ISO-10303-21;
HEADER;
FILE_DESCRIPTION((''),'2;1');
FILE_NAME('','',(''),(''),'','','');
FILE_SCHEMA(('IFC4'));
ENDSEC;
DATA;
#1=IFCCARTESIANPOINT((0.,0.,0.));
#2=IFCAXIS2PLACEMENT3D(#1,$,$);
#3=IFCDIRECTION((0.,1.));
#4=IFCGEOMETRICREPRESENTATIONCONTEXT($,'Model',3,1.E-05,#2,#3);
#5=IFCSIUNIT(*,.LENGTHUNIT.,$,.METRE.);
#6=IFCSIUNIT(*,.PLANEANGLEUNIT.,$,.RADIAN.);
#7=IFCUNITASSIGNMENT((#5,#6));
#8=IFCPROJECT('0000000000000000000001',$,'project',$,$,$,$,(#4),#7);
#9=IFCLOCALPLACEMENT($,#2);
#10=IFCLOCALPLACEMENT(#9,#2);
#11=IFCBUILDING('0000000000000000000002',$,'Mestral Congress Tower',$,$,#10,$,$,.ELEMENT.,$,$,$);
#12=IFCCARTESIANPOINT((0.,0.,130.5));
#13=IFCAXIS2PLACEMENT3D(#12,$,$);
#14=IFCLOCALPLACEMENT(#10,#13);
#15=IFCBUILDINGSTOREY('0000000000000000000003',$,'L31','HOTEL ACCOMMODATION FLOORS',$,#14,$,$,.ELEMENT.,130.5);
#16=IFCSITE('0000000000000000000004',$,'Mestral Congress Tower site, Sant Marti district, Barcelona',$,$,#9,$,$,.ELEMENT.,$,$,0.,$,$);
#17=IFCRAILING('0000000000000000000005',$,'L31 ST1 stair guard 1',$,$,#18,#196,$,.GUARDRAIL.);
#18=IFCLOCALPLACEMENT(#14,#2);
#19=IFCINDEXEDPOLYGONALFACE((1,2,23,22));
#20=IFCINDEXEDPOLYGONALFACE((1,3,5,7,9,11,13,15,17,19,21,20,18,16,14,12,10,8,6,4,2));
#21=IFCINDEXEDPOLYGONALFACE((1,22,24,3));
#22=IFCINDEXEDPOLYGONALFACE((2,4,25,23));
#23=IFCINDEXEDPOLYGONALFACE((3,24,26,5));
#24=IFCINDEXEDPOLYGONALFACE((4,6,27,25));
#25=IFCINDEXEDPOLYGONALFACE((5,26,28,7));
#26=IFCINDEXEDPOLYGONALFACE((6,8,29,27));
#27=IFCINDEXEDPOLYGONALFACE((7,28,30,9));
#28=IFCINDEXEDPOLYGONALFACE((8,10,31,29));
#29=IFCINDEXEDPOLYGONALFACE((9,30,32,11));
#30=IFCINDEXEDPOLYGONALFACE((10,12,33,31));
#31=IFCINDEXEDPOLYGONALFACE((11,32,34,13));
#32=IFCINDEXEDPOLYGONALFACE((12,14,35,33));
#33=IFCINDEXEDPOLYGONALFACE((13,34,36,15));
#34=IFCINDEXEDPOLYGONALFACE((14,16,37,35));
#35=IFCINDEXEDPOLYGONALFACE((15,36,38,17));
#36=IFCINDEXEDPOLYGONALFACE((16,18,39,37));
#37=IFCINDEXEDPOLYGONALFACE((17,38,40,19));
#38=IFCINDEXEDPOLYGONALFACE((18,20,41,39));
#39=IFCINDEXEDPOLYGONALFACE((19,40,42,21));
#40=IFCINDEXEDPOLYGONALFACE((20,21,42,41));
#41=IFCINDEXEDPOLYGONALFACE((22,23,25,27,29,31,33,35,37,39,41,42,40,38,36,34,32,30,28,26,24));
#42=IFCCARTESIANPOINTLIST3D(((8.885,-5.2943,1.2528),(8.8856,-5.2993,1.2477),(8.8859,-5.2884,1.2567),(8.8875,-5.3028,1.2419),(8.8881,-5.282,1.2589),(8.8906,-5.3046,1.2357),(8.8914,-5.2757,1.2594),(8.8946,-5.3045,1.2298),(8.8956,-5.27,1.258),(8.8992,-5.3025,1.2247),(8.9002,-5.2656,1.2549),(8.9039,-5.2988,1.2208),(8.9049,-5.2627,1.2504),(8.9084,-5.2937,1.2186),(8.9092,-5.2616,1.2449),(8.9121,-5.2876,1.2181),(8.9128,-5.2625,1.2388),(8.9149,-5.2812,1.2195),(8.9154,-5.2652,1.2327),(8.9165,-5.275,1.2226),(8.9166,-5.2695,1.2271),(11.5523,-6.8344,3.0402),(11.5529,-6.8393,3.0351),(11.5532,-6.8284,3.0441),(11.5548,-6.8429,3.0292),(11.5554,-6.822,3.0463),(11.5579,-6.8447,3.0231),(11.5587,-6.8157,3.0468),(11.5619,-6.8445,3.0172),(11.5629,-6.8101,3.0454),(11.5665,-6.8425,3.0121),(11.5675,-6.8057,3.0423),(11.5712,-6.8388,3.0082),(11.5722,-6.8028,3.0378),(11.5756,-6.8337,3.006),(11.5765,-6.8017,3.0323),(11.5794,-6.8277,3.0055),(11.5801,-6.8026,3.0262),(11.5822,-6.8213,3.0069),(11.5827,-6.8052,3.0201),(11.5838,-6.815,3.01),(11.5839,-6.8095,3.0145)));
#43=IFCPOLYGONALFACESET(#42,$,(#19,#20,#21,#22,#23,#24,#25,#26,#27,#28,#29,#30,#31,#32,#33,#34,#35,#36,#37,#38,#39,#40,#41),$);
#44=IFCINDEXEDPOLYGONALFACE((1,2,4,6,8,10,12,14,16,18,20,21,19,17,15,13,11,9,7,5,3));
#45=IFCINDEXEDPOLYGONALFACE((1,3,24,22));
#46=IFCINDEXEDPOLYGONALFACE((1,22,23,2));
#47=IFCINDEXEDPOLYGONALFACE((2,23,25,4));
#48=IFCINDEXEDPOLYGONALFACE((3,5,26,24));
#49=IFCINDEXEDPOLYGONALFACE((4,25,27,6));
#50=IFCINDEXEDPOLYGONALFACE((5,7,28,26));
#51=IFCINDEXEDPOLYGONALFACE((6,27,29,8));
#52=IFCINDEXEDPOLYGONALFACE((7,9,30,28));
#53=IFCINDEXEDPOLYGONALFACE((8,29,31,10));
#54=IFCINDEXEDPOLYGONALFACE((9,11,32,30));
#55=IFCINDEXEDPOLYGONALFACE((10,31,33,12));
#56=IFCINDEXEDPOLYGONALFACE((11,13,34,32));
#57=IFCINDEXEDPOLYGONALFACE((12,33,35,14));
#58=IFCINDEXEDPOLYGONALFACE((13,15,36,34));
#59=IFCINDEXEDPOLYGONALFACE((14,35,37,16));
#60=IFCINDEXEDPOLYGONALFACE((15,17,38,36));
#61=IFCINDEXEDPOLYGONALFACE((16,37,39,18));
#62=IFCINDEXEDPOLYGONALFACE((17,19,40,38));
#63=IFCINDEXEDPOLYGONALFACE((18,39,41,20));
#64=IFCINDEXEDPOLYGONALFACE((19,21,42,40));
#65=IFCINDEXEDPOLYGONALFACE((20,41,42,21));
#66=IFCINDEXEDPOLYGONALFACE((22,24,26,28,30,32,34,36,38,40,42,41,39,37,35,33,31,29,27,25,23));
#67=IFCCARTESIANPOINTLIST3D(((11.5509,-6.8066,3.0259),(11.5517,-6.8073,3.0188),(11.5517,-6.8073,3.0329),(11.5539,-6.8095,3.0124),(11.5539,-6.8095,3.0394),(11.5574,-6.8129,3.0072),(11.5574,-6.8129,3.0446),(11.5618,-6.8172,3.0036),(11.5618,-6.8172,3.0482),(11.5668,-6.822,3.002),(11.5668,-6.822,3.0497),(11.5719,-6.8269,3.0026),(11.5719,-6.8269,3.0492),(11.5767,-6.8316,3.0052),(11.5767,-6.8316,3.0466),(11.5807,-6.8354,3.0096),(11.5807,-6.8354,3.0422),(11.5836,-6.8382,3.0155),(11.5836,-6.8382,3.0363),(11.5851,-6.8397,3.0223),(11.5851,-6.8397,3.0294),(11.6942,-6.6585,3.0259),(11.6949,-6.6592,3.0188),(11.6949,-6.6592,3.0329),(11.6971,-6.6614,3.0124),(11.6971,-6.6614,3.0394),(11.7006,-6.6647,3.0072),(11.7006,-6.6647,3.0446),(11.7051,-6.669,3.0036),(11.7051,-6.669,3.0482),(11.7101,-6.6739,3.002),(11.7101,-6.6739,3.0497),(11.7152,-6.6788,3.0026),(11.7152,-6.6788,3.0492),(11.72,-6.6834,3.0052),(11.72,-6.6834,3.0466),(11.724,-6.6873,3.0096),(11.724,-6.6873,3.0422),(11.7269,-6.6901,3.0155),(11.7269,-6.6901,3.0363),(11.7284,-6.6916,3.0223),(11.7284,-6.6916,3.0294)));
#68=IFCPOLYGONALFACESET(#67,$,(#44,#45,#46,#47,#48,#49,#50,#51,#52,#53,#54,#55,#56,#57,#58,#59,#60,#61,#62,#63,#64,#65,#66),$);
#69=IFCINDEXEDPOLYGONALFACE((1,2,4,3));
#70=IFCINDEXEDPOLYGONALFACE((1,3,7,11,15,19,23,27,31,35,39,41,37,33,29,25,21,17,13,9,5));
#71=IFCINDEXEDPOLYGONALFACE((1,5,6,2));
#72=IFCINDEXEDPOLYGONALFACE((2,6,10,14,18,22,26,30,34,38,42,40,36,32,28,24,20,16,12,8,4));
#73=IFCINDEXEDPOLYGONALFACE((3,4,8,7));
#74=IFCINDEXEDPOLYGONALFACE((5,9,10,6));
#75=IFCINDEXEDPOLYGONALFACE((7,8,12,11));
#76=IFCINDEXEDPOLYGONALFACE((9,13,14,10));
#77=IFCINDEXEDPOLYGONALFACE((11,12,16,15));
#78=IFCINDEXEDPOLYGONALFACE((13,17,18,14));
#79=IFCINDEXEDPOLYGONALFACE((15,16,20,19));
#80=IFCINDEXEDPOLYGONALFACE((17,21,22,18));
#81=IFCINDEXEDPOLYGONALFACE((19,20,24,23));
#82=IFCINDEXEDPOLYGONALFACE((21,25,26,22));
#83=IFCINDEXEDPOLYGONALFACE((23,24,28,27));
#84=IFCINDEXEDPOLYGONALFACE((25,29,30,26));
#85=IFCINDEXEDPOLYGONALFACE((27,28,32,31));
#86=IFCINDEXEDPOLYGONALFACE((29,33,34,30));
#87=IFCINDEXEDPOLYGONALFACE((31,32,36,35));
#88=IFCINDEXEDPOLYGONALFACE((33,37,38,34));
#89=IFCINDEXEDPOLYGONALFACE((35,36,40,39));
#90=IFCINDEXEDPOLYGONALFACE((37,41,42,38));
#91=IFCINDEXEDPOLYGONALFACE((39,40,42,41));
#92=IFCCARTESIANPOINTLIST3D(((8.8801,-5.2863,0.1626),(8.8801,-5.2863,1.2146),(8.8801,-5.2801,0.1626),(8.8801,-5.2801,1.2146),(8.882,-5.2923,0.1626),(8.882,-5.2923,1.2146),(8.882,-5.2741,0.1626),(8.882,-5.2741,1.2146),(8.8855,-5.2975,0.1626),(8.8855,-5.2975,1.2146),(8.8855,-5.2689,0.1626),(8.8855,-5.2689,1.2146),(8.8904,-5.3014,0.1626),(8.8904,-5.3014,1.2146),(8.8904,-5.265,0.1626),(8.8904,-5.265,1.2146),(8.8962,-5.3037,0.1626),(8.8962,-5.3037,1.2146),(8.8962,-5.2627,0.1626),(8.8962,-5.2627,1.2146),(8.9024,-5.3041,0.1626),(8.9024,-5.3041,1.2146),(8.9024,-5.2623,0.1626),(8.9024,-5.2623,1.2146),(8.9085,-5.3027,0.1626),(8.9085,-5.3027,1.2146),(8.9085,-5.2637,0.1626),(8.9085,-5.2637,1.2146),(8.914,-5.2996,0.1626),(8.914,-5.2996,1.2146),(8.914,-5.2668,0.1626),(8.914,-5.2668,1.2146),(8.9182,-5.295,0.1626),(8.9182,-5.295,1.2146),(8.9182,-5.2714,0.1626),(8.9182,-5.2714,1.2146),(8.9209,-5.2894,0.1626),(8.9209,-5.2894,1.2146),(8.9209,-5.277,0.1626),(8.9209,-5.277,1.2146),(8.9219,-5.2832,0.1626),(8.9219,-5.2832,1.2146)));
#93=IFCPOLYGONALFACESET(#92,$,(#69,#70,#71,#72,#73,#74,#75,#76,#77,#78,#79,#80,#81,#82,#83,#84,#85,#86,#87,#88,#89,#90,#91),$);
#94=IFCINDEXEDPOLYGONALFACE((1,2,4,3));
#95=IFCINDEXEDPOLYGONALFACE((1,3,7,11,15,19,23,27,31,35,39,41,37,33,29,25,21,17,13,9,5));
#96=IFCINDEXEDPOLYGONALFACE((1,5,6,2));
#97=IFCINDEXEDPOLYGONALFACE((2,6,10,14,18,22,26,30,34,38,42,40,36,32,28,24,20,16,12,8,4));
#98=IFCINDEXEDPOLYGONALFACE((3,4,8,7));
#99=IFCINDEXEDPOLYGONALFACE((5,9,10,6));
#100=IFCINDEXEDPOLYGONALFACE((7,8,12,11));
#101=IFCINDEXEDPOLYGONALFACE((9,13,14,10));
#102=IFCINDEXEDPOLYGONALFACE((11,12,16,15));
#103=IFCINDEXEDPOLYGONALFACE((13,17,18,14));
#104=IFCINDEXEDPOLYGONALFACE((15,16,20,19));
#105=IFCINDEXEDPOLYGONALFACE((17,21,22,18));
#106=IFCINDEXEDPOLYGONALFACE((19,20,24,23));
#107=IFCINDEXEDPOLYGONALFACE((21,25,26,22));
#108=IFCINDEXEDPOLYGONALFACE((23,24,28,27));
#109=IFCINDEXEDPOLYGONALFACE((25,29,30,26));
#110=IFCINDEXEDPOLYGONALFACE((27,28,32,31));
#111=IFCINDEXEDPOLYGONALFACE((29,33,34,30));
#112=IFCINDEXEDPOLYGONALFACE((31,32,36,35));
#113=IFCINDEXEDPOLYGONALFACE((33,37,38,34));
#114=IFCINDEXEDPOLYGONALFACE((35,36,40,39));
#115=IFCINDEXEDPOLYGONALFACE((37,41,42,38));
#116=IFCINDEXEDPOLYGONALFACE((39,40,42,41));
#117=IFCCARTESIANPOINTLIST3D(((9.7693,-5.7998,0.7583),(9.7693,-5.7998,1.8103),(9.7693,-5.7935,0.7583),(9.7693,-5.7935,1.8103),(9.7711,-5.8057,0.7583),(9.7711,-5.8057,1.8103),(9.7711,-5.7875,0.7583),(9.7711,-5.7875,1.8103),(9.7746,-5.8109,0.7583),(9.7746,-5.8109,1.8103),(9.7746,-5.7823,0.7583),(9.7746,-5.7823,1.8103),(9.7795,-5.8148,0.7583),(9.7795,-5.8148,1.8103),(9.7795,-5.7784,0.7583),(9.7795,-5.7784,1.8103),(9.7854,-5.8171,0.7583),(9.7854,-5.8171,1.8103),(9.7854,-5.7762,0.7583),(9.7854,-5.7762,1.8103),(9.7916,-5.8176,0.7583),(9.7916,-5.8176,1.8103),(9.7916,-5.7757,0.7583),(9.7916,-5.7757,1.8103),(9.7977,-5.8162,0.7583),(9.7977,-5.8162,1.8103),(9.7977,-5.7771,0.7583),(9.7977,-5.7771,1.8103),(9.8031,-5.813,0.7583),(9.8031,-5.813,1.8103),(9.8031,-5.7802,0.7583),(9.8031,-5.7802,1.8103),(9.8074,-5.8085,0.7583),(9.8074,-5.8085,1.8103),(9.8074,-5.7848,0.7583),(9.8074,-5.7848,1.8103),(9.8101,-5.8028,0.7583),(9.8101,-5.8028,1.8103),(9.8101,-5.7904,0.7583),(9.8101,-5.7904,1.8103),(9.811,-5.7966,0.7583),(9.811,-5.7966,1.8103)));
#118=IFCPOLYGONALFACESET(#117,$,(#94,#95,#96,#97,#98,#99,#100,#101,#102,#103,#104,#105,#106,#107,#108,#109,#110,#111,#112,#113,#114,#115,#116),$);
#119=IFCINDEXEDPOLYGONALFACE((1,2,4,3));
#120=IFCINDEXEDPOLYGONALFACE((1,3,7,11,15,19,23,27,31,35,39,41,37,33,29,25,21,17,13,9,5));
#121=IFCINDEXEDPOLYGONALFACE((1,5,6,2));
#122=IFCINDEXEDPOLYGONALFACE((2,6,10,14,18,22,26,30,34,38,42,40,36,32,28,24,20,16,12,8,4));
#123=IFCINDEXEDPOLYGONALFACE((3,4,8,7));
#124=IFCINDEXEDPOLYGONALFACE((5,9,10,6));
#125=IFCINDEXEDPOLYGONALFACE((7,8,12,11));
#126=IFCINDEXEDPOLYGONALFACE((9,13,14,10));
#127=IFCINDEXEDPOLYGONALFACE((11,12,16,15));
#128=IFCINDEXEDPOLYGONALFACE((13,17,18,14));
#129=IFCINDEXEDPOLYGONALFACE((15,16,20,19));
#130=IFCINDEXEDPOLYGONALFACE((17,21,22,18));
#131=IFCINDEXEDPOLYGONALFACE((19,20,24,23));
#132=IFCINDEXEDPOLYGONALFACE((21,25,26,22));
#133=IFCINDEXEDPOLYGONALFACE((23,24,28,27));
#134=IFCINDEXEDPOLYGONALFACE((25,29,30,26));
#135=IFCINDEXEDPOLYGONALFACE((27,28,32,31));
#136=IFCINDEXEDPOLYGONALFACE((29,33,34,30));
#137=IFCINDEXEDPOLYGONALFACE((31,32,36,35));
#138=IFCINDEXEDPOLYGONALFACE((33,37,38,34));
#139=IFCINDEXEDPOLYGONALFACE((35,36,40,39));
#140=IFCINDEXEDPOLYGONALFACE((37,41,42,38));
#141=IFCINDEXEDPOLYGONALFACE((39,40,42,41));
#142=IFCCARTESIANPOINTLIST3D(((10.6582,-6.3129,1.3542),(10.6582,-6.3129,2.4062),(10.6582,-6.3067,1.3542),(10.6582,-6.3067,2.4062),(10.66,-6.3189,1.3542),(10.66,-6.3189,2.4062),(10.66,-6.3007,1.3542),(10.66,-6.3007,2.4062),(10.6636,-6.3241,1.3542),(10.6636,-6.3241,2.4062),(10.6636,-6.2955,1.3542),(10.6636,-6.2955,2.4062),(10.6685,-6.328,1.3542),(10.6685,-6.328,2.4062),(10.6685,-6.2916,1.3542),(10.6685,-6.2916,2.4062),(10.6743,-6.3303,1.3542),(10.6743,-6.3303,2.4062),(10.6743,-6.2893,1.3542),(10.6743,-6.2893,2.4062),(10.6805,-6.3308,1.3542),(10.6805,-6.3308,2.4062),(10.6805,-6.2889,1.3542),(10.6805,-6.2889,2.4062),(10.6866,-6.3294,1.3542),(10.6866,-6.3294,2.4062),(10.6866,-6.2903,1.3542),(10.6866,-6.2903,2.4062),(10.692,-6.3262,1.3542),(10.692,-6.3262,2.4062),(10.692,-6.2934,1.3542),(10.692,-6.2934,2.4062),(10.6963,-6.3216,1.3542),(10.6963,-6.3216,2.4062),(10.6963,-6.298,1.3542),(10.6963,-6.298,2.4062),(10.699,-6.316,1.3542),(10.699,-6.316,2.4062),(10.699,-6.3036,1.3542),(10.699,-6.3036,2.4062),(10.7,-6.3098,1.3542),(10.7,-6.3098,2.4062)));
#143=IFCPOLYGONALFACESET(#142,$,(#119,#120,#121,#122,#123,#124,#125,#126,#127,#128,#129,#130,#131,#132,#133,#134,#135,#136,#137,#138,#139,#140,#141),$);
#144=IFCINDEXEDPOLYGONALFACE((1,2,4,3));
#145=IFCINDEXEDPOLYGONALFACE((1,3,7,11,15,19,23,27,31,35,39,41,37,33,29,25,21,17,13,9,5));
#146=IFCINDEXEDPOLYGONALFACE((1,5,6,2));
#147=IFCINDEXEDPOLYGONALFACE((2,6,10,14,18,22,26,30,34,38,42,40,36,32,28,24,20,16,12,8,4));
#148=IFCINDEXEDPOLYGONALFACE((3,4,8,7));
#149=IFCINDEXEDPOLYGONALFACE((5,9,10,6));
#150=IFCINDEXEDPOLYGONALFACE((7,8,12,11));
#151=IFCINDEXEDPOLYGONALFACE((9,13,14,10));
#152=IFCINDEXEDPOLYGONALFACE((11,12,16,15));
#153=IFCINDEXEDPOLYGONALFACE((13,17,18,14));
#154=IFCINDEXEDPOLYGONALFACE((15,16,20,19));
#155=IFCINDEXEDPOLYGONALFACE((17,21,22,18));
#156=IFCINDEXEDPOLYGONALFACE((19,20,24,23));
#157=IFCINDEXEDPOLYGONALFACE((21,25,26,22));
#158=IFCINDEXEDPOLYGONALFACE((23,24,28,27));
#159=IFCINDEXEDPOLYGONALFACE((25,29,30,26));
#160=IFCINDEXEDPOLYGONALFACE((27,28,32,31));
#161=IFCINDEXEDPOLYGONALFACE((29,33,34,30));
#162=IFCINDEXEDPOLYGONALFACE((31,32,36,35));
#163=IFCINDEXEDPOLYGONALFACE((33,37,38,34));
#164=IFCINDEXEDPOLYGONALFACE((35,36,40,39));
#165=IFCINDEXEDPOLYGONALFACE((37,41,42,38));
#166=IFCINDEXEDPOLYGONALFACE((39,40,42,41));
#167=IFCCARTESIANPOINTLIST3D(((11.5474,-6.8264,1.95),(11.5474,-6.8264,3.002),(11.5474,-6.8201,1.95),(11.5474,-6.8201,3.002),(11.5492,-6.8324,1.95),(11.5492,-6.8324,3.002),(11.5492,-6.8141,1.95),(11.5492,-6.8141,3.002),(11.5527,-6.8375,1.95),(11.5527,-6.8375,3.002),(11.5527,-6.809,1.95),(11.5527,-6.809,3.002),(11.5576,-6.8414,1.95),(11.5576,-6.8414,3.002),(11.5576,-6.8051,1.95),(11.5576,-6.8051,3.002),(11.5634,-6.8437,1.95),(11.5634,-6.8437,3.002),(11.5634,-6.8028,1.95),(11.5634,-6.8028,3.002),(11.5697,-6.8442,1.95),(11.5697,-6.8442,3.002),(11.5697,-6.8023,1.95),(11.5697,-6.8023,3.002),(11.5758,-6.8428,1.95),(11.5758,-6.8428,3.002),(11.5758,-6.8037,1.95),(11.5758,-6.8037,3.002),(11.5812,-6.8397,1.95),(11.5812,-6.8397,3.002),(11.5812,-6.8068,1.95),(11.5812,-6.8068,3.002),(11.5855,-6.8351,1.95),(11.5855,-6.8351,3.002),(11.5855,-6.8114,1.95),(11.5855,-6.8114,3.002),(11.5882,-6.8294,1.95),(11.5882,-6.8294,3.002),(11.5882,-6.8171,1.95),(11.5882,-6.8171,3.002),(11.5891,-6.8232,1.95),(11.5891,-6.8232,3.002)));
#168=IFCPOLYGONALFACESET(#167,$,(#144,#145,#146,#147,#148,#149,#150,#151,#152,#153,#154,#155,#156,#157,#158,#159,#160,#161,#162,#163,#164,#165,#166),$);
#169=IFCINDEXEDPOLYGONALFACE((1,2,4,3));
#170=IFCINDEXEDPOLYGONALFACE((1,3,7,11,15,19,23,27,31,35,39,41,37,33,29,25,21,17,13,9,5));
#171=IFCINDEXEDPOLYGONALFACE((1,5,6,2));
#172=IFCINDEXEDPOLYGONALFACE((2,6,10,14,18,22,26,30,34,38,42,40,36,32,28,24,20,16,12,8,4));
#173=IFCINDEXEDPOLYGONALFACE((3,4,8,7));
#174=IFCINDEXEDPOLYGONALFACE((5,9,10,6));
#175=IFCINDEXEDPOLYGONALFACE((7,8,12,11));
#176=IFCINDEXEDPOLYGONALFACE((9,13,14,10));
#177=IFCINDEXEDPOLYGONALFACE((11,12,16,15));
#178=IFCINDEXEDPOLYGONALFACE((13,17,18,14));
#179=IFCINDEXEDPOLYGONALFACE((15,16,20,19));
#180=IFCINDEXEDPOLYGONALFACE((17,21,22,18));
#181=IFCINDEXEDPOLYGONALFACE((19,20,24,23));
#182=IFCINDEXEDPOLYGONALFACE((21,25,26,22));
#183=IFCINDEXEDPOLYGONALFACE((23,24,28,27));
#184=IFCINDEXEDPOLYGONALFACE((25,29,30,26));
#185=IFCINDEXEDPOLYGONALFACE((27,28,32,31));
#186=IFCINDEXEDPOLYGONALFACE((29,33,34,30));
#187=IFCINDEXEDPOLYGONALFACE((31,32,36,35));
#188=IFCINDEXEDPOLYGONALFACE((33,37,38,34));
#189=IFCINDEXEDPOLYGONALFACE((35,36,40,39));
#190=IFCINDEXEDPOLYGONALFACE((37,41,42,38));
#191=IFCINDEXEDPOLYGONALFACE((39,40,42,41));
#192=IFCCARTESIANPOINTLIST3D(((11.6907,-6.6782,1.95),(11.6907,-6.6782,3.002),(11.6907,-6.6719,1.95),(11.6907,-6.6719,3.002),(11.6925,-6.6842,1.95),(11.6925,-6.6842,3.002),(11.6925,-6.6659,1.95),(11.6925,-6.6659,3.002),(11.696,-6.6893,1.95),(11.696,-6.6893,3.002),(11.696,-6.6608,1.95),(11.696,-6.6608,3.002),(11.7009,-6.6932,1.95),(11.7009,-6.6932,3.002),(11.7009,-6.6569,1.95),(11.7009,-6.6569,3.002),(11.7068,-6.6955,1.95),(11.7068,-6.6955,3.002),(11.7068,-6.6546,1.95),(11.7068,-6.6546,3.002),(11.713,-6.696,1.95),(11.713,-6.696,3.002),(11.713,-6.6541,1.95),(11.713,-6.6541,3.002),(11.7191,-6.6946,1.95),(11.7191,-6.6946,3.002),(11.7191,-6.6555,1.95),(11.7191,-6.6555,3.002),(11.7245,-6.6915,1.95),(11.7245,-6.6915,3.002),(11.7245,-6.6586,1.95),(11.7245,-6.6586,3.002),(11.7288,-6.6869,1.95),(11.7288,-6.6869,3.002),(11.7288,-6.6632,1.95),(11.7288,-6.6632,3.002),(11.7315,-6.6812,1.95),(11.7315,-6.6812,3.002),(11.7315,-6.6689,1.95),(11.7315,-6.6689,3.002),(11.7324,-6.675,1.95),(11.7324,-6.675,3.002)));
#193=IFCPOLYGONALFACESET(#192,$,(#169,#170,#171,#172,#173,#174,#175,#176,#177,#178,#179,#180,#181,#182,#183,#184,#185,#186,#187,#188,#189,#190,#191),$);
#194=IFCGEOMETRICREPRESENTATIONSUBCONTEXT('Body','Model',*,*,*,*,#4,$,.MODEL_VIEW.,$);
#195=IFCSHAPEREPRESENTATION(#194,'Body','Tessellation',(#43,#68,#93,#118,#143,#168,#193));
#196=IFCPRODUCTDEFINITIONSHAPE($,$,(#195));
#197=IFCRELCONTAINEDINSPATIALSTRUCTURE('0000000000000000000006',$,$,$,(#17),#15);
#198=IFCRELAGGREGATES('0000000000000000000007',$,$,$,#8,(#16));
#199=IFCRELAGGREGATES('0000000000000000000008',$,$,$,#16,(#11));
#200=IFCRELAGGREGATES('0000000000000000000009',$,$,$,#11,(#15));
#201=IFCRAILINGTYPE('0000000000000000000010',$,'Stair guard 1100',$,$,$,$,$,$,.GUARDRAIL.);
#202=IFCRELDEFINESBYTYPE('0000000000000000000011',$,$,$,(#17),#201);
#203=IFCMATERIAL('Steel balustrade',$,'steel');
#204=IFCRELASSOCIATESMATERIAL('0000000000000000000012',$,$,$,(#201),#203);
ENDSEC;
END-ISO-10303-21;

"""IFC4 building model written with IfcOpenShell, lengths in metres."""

from ifc_helpers import new_model, si_unit, direction, frame, origin, origin_2d, place, context, subcontext, project, spatial, circle, extrude, material, type_object, element, save


model = new_model("IFC4")

# Units and contexts
model_context = context("Model", 3, precision=1e-05, world=origin(), true_north=direction((0.0, 1.0)))
body_context = subcontext(model_context, "Body", "Model", "MODEL_VIEW")
ifc_project = project(units=[si_unit("LENGTHUNIT", "METRE"), si_unit("PLANEANGLEUNIT", "RADIAN")], contexts=[model_context])

# Site, building, storey
site_placement = place(None, origin())
site = spatial("IfcSite", under=ifc_project, at=site_placement, Name="Mestral Congress Tower site, Sant Marti district, Barcelona", CompositionType="ELEMENT", RefElevation=0.0)
building_placement = place(site_placement, origin())
building = spatial("IfcBuilding", under=site, at=building_placement, Name="Mestral Congress Tower", CompositionType="ELEMENT")
storey_placement = place(building_placement, frame((0.0, 0.0, 130.5)))
storey = spatial("IfcBuildingStorey", under=building, at=storey_placement, Name="L31", Description="HOTEL ACCOMMODATION FLOORS", CompositionType="ELEMENT", Elevation=130.5)

# Railing
ifc_material_1 = material(Name="Steel balustrade", Category="steel")
railing_type_1 = type_object("IfcRailingType", Name="Stair guard 1100", PredefinedType="GUARDRAIL", material=ifc_material_1)
railing_1_placement = place(storey_placement, frame((8.9009, -5.2832, 0.1626)))
element("IfcRailing", 1, at=railing_1_placement, inside=storey, type_object=railing_type_1, Name="L31 ST1 stair guard 1", PredefinedType="GUARDRAIL", context=body_context, shape_type="SweptSolid", body=[
    extrude(circle(Radius=0.0239, at=origin_2d()), frame((0.0, 0.0, 1.0762), z_axis=(0.74902, -0.432477, 0.501929), x_axis=(0.500027, 0.86601, 0.0)), (0.0, 0.0, 1.0), 3.561),
    extrude(circle(Radius=0.0239, at=origin_2d()), frame((2.6672, -1.54, 2.8633), z_axis=(0.695165, 0.71885, 0.0), x_axis=(-0.71885, 0.695165, 0.0)), (0.0, 0.0, 1.0), 0.2061),
    extrude(circle(Radius=0.021, at=origin_2d()), origin(), (0.0, 0.0, 1.0), 1.052),
    extrude(circle(Radius=0.021, at=origin_2d()), frame((0.8892, -0.5134, 0.5957)), (0.0, 0.0, 1.0), 1.052),
    extrude(circle(Radius=0.021, at=origin_2d()), frame((1.7781, -1.0266, 1.1917)), (0.0, 0.0, 1.0), 1.052),
    extrude(circle(Radius=0.021, at=origin_2d()), frame((2.6672, -1.54, 1.7874)), (0.0, 0.0, 1.0), 1.052),
    extrude(circle(Radius=0.021, at=origin_2d()), frame((2.8105, -1.3918, 1.7874)), (0.0, 0.0, 1.0), 1.052),
])

save(model, "model.ifc")
